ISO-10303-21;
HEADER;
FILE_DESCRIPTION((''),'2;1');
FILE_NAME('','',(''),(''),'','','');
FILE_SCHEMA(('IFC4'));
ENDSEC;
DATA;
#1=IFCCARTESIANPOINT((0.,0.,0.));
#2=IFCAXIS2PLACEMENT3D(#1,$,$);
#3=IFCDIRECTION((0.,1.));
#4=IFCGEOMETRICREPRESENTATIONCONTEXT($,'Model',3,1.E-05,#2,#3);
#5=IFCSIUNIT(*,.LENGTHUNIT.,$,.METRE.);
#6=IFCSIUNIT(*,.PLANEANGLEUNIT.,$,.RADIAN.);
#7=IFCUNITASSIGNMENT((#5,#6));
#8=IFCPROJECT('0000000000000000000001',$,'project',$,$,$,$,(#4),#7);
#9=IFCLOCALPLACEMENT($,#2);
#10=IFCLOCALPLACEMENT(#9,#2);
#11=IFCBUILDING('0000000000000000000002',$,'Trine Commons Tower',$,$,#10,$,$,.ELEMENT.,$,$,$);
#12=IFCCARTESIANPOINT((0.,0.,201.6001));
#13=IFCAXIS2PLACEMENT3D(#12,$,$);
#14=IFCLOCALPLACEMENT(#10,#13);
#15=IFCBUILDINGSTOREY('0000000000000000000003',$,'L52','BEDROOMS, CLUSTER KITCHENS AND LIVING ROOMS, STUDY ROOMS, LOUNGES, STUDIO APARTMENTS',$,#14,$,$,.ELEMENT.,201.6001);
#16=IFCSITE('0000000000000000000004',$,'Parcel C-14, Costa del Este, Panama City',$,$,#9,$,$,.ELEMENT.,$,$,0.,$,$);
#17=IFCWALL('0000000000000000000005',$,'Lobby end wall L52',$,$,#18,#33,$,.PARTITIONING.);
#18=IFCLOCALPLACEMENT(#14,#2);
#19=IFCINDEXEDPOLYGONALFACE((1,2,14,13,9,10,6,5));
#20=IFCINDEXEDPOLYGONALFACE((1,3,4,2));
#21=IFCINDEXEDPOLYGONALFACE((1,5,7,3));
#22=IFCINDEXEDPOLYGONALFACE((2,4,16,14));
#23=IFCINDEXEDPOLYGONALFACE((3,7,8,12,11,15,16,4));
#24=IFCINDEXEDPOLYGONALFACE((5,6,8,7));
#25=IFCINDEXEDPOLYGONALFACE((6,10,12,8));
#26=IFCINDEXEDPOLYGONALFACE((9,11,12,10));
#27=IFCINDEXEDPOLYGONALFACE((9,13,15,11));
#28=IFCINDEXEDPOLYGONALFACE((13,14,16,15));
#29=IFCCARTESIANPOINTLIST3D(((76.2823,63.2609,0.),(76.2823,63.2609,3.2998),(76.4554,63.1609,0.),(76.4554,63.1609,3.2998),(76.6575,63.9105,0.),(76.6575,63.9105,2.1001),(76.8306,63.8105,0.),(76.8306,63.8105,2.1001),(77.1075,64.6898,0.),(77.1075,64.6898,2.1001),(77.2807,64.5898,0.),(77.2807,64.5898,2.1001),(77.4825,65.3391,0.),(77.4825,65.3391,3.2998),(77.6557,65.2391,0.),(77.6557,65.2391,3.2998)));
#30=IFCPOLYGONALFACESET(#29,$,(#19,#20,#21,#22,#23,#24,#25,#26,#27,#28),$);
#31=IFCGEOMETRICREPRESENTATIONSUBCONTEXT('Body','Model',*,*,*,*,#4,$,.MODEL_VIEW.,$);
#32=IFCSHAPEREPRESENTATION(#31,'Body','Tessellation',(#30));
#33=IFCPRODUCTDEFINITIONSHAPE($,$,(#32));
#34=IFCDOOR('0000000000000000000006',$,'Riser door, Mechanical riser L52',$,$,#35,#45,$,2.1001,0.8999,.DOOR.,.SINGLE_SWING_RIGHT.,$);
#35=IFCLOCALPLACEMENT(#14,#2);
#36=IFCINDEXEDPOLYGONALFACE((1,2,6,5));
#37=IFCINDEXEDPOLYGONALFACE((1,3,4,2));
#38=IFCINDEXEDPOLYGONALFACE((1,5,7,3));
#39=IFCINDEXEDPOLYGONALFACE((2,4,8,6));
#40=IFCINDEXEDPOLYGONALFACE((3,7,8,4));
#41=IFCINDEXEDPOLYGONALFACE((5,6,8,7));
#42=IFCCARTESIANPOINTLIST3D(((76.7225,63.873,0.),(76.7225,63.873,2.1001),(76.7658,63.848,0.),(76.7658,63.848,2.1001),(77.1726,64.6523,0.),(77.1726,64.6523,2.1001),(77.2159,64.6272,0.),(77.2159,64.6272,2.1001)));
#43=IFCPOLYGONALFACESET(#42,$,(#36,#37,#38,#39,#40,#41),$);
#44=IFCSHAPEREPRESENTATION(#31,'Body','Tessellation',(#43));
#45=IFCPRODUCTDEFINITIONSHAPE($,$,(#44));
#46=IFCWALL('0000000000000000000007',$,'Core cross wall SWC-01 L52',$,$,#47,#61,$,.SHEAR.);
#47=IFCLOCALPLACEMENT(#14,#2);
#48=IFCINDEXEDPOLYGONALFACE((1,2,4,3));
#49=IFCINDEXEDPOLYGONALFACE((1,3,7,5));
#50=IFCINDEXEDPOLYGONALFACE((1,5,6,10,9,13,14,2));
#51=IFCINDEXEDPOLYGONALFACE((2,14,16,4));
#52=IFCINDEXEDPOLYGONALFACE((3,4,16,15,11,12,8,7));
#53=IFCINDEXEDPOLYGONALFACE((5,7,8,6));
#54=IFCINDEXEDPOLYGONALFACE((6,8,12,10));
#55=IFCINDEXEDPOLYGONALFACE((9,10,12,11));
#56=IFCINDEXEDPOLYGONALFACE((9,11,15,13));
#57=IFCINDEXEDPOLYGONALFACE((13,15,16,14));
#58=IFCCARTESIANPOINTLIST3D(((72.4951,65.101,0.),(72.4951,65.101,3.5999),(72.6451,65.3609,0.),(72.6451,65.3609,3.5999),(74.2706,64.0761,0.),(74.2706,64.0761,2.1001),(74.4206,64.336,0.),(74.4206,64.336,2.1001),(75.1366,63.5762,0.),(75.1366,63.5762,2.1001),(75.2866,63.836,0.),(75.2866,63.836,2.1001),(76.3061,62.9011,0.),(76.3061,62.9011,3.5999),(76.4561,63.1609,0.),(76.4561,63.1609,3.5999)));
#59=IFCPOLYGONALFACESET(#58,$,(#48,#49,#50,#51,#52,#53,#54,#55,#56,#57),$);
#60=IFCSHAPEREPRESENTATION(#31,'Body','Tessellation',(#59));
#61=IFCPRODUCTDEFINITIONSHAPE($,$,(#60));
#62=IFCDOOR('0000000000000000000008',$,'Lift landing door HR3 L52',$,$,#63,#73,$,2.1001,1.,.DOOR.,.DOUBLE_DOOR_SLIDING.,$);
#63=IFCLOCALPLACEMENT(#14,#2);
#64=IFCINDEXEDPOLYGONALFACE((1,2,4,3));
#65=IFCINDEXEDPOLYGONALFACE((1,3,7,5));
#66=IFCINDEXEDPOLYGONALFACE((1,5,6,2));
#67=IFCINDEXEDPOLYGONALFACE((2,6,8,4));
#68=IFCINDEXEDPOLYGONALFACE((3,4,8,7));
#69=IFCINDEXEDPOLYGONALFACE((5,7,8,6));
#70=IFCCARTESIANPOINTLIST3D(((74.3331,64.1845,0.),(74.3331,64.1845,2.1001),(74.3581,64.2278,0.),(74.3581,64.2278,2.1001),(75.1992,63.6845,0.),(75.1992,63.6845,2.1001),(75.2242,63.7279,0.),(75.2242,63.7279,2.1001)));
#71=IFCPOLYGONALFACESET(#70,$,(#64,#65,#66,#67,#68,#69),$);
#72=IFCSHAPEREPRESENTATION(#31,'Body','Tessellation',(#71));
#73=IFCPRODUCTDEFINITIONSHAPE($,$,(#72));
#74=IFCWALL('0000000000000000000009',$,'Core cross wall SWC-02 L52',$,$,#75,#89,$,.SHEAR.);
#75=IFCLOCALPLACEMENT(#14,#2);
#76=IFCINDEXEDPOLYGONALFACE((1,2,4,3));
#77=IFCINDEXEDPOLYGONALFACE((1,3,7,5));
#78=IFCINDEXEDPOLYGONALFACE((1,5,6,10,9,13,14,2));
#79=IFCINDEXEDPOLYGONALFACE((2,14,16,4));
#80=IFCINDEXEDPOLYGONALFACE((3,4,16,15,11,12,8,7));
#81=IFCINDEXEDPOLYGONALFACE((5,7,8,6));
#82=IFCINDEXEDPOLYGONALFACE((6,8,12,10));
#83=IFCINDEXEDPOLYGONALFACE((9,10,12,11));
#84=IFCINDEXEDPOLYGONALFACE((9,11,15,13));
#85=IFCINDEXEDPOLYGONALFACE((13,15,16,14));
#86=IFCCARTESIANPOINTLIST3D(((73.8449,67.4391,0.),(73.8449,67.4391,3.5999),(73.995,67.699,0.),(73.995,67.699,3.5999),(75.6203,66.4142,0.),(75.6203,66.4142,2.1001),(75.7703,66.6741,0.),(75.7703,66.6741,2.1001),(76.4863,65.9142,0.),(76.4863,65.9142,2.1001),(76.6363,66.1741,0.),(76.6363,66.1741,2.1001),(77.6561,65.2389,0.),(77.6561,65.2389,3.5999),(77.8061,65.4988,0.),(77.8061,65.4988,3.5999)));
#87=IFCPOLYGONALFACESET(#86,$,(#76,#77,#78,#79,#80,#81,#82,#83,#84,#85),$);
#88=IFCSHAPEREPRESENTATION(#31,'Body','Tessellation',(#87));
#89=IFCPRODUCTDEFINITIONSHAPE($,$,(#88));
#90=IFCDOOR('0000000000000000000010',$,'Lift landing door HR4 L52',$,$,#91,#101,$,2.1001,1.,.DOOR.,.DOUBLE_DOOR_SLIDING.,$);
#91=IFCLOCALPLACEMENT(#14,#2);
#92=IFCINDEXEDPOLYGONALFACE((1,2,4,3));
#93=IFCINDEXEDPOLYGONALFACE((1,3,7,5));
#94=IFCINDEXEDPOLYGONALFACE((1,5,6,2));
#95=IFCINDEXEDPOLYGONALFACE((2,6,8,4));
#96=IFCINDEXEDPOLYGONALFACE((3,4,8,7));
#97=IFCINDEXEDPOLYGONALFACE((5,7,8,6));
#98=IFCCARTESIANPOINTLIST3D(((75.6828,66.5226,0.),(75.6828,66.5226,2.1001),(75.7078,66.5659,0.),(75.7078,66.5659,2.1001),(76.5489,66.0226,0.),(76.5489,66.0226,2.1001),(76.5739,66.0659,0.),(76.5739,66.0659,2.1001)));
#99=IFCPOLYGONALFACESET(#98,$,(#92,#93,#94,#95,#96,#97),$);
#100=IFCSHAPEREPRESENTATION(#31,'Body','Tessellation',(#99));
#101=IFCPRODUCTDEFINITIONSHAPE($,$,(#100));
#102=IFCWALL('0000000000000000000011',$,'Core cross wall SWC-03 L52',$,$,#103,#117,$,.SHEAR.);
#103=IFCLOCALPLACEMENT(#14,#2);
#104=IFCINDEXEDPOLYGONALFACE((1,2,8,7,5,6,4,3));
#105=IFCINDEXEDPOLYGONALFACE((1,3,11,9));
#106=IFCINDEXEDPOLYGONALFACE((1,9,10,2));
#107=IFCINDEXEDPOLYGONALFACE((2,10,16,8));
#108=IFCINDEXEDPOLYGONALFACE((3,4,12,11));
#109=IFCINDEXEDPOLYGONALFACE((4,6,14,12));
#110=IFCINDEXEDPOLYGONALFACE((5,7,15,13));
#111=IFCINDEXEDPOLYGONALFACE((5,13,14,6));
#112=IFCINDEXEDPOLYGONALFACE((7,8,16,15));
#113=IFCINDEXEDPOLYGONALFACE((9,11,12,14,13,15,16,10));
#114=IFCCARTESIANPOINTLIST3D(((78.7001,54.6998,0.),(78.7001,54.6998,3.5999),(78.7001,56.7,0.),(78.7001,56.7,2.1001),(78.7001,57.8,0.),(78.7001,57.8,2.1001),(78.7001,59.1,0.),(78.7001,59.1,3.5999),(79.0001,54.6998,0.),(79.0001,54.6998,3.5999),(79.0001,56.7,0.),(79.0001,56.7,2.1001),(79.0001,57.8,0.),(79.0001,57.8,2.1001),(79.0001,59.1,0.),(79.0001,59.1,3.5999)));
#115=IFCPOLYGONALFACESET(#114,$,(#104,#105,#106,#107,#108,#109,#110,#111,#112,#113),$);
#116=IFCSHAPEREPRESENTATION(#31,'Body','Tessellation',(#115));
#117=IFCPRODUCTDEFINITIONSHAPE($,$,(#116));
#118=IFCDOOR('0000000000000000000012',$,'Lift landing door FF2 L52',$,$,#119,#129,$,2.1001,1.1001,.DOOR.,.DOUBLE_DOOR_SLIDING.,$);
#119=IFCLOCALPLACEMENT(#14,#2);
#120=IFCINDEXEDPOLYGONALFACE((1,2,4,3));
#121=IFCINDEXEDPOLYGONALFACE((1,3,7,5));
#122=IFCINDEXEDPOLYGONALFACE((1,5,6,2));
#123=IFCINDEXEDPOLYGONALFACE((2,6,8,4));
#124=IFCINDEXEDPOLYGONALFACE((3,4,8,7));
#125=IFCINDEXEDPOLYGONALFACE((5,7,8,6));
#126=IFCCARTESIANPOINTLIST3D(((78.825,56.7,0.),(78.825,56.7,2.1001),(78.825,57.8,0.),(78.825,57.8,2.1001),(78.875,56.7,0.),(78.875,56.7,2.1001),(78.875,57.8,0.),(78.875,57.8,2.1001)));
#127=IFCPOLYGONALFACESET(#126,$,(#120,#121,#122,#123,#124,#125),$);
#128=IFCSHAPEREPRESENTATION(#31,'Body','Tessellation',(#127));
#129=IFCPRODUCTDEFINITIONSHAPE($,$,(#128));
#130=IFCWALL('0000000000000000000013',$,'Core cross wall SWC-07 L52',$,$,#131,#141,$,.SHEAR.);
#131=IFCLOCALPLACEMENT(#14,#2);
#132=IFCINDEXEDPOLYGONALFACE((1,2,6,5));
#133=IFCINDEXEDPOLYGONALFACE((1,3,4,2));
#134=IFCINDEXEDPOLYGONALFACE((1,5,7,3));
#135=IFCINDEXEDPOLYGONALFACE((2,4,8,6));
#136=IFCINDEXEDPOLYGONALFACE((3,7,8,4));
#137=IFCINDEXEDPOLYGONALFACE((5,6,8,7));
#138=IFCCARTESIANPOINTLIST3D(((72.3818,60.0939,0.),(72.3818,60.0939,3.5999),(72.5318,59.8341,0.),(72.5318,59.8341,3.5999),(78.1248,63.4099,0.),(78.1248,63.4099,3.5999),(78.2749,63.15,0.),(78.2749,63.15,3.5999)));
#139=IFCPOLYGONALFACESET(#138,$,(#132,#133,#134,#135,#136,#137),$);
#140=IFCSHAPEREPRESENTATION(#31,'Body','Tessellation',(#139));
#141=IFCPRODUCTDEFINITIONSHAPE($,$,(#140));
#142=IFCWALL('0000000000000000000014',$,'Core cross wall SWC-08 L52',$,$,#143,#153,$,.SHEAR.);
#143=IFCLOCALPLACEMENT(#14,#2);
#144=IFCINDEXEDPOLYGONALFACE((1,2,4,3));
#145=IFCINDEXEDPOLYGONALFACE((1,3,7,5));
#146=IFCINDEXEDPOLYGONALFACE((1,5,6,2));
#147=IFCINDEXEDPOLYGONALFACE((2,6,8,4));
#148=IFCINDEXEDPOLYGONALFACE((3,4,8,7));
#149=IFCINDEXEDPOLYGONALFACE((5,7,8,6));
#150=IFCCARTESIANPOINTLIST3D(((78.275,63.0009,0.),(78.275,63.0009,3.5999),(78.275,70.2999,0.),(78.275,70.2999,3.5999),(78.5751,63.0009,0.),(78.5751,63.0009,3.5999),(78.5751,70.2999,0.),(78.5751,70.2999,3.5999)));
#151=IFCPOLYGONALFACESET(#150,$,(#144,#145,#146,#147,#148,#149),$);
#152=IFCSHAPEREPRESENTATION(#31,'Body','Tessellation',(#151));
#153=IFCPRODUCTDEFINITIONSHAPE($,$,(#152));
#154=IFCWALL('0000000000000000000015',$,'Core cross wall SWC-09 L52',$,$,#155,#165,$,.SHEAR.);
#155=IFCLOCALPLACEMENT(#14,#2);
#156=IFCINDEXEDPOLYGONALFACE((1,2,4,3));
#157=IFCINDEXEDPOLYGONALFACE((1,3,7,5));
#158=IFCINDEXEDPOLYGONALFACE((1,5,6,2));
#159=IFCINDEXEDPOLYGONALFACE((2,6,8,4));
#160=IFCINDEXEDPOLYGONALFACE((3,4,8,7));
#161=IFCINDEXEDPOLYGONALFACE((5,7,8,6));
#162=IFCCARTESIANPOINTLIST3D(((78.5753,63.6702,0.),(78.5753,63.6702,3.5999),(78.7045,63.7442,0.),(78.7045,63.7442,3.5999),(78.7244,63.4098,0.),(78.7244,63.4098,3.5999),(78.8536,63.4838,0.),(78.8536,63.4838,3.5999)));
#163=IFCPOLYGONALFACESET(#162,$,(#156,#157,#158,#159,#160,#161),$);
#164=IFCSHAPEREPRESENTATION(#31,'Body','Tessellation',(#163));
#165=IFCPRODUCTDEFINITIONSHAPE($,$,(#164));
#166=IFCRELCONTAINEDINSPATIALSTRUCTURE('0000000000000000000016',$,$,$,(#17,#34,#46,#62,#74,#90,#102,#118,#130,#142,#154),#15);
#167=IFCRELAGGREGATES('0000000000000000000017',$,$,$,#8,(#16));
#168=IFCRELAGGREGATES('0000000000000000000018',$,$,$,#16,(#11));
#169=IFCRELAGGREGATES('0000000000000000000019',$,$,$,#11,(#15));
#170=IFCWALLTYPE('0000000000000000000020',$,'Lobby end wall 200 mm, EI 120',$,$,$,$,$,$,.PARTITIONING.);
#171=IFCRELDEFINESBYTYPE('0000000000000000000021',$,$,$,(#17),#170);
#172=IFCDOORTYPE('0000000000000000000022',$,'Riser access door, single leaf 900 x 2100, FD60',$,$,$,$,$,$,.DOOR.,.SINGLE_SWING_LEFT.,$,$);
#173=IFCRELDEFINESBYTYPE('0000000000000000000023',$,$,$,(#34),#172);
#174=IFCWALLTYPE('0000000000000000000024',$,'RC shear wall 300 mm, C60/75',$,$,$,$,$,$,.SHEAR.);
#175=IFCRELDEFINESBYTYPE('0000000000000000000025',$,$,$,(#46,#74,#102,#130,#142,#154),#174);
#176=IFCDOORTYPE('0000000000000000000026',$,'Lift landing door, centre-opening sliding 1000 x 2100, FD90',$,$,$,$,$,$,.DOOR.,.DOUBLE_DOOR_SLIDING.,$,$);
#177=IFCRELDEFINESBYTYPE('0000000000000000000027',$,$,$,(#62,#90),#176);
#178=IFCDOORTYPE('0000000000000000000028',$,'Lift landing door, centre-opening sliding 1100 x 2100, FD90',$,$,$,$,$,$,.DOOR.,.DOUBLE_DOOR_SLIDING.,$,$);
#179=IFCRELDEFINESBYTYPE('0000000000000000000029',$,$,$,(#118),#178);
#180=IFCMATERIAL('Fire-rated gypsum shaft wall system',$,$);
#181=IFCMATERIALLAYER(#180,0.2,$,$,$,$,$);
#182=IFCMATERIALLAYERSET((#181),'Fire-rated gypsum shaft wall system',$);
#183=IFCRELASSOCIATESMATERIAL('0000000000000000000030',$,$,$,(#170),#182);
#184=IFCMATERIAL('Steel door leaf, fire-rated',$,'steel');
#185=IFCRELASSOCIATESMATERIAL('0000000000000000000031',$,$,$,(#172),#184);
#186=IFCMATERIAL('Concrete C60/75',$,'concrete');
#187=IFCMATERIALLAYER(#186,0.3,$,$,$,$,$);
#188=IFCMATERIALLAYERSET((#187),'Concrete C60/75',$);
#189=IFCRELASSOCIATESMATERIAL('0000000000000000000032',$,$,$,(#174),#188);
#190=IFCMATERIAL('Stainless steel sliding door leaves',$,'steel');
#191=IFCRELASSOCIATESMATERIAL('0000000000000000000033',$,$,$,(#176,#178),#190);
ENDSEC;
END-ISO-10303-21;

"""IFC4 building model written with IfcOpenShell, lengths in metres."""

from ifc_helpers import new_model, si_unit, direction, frame, frame_2d, origin, place, context, subcontext, project, spatial, rectangle, extrude, material, layer, layer_set, type_object, element, fill, save


model = new_model("IFC4")

# Units and contexts
model_context = context("Model", 3, precision=1e-05, world=origin(), true_north=direction((0.0, 1.0)))
body_context = subcontext(model_context, "Body", "Model", "MODEL_VIEW")
ifc_project = project(units=[si_unit("LENGTHUNIT", "METRE"), si_unit("PLANEANGLEUNIT", "RADIAN")], contexts=[model_context])

# Site, building, storey
site_placement = place(None, origin())
site = spatial("IfcSite", under=ifc_project, at=site_placement, Name="Parcel C-14, Costa del Este, Panama City", CompositionType="ELEMENT", RefElevation=0.0)
building_placement = place(site_placement, origin())
building = spatial("IfcBuilding", under=site, at=building_placement, Name="Trine Commons Tower", CompositionType="ELEMENT")
storey_placement = place(building_placement, frame((0.0, 0.0, 201.6001)))
storey = spatial("IfcBuildingStorey", under=building, at=storey_placement, Name="L52", Description="BEDROOMS, CLUSTER KITCHENS AND LIVING ROOMS, STUDY ROOMS, LOUNGES, STUDIO APARTMENTS", CompositionType="ELEMENT", Elevation=201.6001)

# Walls, openings, doors
ifc_material_1 = material(Name="Fire-rated gypsum shaft wall system")
ifc_layer_1 = layer(ifc_material_1, 0.2)
ifc_layer_set_1 = layer_set([ifc_layer_1], Name="Fire-rated gypsum shaft wall system")
wall_type_1 = type_object("IfcWallType", Name="Lobby end wall 200 mm, EI 120", PredefinedType="PARTITIONING", material=ifc_layer_set_1)
wall_1_placement = place(storey_placement, frame((77.5691, 65.2891, 0.0), z_axis=(0.0, 0.0, 1.0), x_axis=(-0.500122, -0.865955, 0.0)))
wall_1 = element("IfcWall", 1, at=wall_1_placement, inside=storey, type_object=wall_type_1, Name="Lobby end wall L52", PredefinedType="PARTITIONING", context=body_context, shape_type="SweptSolid", body=[
    extrude(rectangle(XDim=2.3999, YDim=0.2, at=frame_2d((1.2, 0.0))), origin(), (0.0, 0.0, 1.0), 3.2998),
])
opening_1_placement = place(wall_1_placement, frame((0.7498, 0.0, 0.0)))
opening_1 = element("IfcOpeningElement", 2, at=opening_1_placement, cuts=wall_1, PredefinedType="OPENING", context=body_context, shape_type="SweptSolid", body=[
    extrude(rectangle(XDim=0.8999, YDim=2.1001, at=frame_2d((0.45, 1.05))), frame((0.0, 0.1099, 0.0), z_axis=(0.0, -1.0, 0.0), x_axis=(1.0, 0.0, 0.0)), (0.0, 0.0, 1.0), 0.22),
])
ifc_material_2 = material(Name="Steel door leaf, fire-rated", Category="steel")
door_type_1 = type_object("IfcDoorType", Name="Riser access door, single leaf 900 x 2100, FD60", OperationType="SINGLE_SWING_LEFT", PredefinedType="DOOR", material=ifc_material_2)
door_1_placement = place(opening_1_placement, frame((0.8999, 0.0, 0.0), z_axis=(0.0, 0.0, 1.0), x_axis=(-1.0, 0.0, 0.0)))
door_1 = element("IfcDoor", 3, at=door_1_placement, inside=storey, type_object=door_type_1, Name="Riser door, Mechanical riser L52", OperationType="SINGLE_SWING_RIGHT", OverallHeight=2.1001, OverallWidth=0.8999, PredefinedType="DOOR", context=body_context, shape_type="SweptSolid", body=[
    extrude(rectangle(XDim=0.8999, YDim=2.1001, at=frame_2d((0.45, 1.05))), frame((0.0, 0.0249, 0.0), z_axis=(0.0, -1.0, 0.0), x_axis=(1.0, 0.0, 0.0)), (0.0, 0.0, 1.0), 0.05),
])
fill(opening_1, door_1)
ifc_material_3 = material(Name="Concrete C60/75", Category="concrete")
ifc_layer_2 = layer(ifc_material_3, 0.3)
ifc_layer_set_2 = layer_set([ifc_layer_2], Name="Concrete C60/75")
wall_type_2 = type_object("IfcWallType", Name="RC shear wall 300 mm, C60/75", PredefinedType="SHEAR", material=ifc_layer_set_2)
wall_2_placement = place(storey_placement, frame((76.3811, 63.031, 0.0), z_axis=(0.0, 0.0, 1.0), x_axis=(-0.86606, 0.49994, 0.0)))
wall_2 = element("IfcWall", 4, at=wall_2_placement, inside=storey, type_object=wall_type_2, Name="Core cross wall SWC-01 L52", PredefinedType="SHEAR", context=body_context, shape_type="SweptSolid", body=[
    extrude(rectangle(XDim=4.4004, YDim=0.3, at=frame_2d((2.2002, 0.0))), origin(), (0.0, 0.0, 1.0), 3.5999),
])
opening_2_placement = place(wall_2_placement, frame((1.3503, 0.0, 0.0)))
opening_2 = element("IfcOpeningElement", 5, at=opening_2_placement, cuts=wall_2, PredefinedType="OPENING", context=body_context, shape_type="SweptSolid", body=[
    extrude(rectangle(XDim=1.0, YDim=2.1001, at=frame_2d((0.5, 1.05))), frame((0.0, 0.1599, 0.0), z_axis=(0.0, -1.0, 0.0), x_axis=(1.0, 0.0, 0.0)), (0.0, 0.0, 1.0), 0.3201),
])
ifc_material_4 = material(Name="Stainless steel sliding door leaves", Category="steel")
door_type_2 = type_object("IfcDoorType", Name="Lift landing door, centre-opening sliding 1000 x 2100, FD90", OperationType="DOUBLE_DOOR_SLIDING", PredefinedType="DOOR", material=ifc_material_4)
door_2_placement = place(opening_2_placement, origin())
door_2 = element("IfcDoor", 6, at=door_2_placement, inside=storey, type_object=door_type_2, Name="Lift landing door HR3 L52", OperationType="DOUBLE_DOOR_SLIDING", OverallHeight=2.1001, OverallWidth=1.0, PredefinedType="DOOR", context=body_context, shape_type="SweptSolid", body=[
    extrude(rectangle(XDim=1.0, YDim=2.1001, at=frame_2d((0.5, 1.05))), frame((0.0, 0.0249, 0.0), z_axis=(0.0, -1.0, 0.0), x_axis=(1.0, 0.0, 0.0)), (0.0, 0.0, 1.0), 0.05),
])
fill(opening_2, door_2)
wall_3_placement = place(storey_placement, frame((77.731, 65.3689, 0.0), z_axis=(0.0, 0.0, 1.0), x_axis=(-0.866036, 0.499982, 0.0)))
wall_3 = element("IfcWall", 7, at=wall_3_placement, inside=storey, type_object=wall_type_2, Name="Core cross wall SWC-02 L52", PredefinedType="SHEAR", context=body_context, shape_type="SweptSolid", body=[
    extrude(rectangle(XDim=4.4006, YDim=0.3, at=frame_2d((2.2002, 0.0))), origin(), (0.0, 0.0, 1.0), 3.5999),
])
opening_3_placement = place(wall_3_placement, frame((1.3506, 0.0, 0.0)))
opening_3 = element("IfcOpeningElement", 8, at=opening_3_placement, cuts=wall_3, PredefinedType="OPENING", context=body_context, shape_type="SweptSolid", body=[
    extrude(rectangle(XDim=1.0, YDim=2.1001, at=frame_2d((0.5, 1.05))), frame((0.0, 0.1599, 0.0), z_axis=(0.0, -1.0, 0.0), x_axis=(1.0, 0.0, 0.0)), (0.0, 0.0, 1.0), 0.3201),
])
door_3_placement = place(opening_3_placement, origin())
door_3 = element("IfcDoor", 9, at=door_3_placement, inside=storey, type_object=door_type_2, Name="Lift landing door HR4 L52", OperationType="DOUBLE_DOOR_SLIDING", OverallHeight=2.1001, OverallWidth=1.0, PredefinedType="DOOR", context=body_context, shape_type="SweptSolid", body=[
    extrude(rectangle(XDim=1.0, YDim=2.1001, at=frame_2d((0.5, 1.05))), frame((0.0, 0.0249, 0.0), z_axis=(0.0, -1.0, 0.0), x_axis=(1.0, 0.0, 0.0)), (0.0, 0.0, 1.0), 0.05),
])
fill(opening_3, door_3)
wall_4_placement = place(storey_placement, frame((78.8501, 59.1001, 0.0), z_axis=(0.0, 0.0, 1.0), x_axis=(0.0, -1.0, 0.0)))
wall_4 = element("IfcWall", 10, at=wall_4_placement, inside=storey, type_object=wall_type_2, Name="Core cross wall SWC-03 L52", PredefinedType="SHEAR", context=body_context, shape_type="SweptSolid", body=[
    extrude(rectangle(XDim=4.4001, YDim=0.3, at=frame_2d((2.2002, 0.0))), origin(), (0.0, 0.0, 1.0), 3.5999),
])
opening_4_placement = place(wall_4_placement, frame((1.3, 0.0, 0.0)))
opening_4 = element("IfcOpeningElement", 11, at=opening_4_placement, cuts=wall_4, PredefinedType="OPENING", context=body_context, shape_type="SweptSolid", body=[
    extrude(rectangle(XDim=1.1001, YDim=2.1001, at=frame_2d((0.55, 1.05))), frame((0.0, 0.1599, 0.0), z_axis=(0.0, -1.0, 0.0), x_axis=(1.0, 0.0, 0.0)), (0.0, 0.0, 1.0), 0.3201),
])
door_type_3 = type_object("IfcDoorType", Name="Lift landing door, centre-opening sliding 1100 x 2100, FD90", OperationType="DOUBLE_DOOR_SLIDING", PredefinedType="DOOR", material=ifc_material_4)
door_4_placement = place(opening_4_placement, origin())
door_4 = element("IfcDoor", 12, at=door_4_placement, inside=storey, type_object=door_type_3, Name="Lift landing door FF2 L52", OperationType="DOUBLE_DOOR_SLIDING", OverallHeight=2.1001, OverallWidth=1.1001, PredefinedType="DOOR", context=body_context, shape_type="SweptSolid", body=[
    extrude(rectangle(XDim=1.1001, YDim=2.1001, at=frame_2d((0.55, 1.05))), frame((0.0, 0.0249, 0.0), z_axis=(0.0, -1.0, 0.0), x_axis=(1.0, 0.0, 0.0)), (0.0, 0.0, 1.0), 0.05),
])
fill(opening_4, door_4)

# Walls
wall_5_placement = place(storey_placement, frame((78.2, 63.28, 0.0), z_axis=(0.0, 0.0, 1.0), x_axis=(-0.86601, -0.500027, 0.0)))
element("IfcWall", 13, at=wall_5_placement, inside=storey, type_object=wall_type_2, Name="Core cross wall SWC-07 L52", PredefinedType="SHEAR", context=body_context, shape_type="SweptSolid", body=[
    extrude(rectangle(XDim=6.6316, YDim=0.3, at=frame_2d((3.3159, 0.0))), origin(), (0.0, 0.0, 1.0), 3.5999),
])
wall_6_placement = place(storey_placement, frame((78.425, 63.001, 0.0), z_axis=(0.0, 0.0, 1.0), x_axis=(0.0, 1.0, 0.0)))
element("IfcWall", 14, at=wall_6_placement, inside=storey, type_object=wall_type_2, Name="Core cross wall SWC-08 L52", PredefinedType="SHEAR", context=body_context, shape_type="SweptSolid", body=[
    extrude(rectangle(XDim=7.2991, YDim=0.3, at=frame_2d((3.6494, 0.0))), origin(), (0.0, 0.0, 1.0), 3.5999),
])
wall_7_placement = place(storey_placement, frame((78.7791, 63.614, 0.0), z_axis=(0.0, 0.0, 1.0), x_axis=(-0.867738, -0.497022, 0.0)))
element("IfcWall", 15, at=wall_7_placement, inside=storey, type_object=wall_type_2, Name="Core cross wall SWC-09 L52", PredefinedType="SHEAR", context=body_context, shape_type="SweptSolid", body=[
    extrude(rectangle(XDim=0.1489, YDim=0.3, at=frame_2d((0.0745, 0.0))), origin(), (0.0, 0.0, 1.0), 3.5999),
])

save(model, "model.ifc")
